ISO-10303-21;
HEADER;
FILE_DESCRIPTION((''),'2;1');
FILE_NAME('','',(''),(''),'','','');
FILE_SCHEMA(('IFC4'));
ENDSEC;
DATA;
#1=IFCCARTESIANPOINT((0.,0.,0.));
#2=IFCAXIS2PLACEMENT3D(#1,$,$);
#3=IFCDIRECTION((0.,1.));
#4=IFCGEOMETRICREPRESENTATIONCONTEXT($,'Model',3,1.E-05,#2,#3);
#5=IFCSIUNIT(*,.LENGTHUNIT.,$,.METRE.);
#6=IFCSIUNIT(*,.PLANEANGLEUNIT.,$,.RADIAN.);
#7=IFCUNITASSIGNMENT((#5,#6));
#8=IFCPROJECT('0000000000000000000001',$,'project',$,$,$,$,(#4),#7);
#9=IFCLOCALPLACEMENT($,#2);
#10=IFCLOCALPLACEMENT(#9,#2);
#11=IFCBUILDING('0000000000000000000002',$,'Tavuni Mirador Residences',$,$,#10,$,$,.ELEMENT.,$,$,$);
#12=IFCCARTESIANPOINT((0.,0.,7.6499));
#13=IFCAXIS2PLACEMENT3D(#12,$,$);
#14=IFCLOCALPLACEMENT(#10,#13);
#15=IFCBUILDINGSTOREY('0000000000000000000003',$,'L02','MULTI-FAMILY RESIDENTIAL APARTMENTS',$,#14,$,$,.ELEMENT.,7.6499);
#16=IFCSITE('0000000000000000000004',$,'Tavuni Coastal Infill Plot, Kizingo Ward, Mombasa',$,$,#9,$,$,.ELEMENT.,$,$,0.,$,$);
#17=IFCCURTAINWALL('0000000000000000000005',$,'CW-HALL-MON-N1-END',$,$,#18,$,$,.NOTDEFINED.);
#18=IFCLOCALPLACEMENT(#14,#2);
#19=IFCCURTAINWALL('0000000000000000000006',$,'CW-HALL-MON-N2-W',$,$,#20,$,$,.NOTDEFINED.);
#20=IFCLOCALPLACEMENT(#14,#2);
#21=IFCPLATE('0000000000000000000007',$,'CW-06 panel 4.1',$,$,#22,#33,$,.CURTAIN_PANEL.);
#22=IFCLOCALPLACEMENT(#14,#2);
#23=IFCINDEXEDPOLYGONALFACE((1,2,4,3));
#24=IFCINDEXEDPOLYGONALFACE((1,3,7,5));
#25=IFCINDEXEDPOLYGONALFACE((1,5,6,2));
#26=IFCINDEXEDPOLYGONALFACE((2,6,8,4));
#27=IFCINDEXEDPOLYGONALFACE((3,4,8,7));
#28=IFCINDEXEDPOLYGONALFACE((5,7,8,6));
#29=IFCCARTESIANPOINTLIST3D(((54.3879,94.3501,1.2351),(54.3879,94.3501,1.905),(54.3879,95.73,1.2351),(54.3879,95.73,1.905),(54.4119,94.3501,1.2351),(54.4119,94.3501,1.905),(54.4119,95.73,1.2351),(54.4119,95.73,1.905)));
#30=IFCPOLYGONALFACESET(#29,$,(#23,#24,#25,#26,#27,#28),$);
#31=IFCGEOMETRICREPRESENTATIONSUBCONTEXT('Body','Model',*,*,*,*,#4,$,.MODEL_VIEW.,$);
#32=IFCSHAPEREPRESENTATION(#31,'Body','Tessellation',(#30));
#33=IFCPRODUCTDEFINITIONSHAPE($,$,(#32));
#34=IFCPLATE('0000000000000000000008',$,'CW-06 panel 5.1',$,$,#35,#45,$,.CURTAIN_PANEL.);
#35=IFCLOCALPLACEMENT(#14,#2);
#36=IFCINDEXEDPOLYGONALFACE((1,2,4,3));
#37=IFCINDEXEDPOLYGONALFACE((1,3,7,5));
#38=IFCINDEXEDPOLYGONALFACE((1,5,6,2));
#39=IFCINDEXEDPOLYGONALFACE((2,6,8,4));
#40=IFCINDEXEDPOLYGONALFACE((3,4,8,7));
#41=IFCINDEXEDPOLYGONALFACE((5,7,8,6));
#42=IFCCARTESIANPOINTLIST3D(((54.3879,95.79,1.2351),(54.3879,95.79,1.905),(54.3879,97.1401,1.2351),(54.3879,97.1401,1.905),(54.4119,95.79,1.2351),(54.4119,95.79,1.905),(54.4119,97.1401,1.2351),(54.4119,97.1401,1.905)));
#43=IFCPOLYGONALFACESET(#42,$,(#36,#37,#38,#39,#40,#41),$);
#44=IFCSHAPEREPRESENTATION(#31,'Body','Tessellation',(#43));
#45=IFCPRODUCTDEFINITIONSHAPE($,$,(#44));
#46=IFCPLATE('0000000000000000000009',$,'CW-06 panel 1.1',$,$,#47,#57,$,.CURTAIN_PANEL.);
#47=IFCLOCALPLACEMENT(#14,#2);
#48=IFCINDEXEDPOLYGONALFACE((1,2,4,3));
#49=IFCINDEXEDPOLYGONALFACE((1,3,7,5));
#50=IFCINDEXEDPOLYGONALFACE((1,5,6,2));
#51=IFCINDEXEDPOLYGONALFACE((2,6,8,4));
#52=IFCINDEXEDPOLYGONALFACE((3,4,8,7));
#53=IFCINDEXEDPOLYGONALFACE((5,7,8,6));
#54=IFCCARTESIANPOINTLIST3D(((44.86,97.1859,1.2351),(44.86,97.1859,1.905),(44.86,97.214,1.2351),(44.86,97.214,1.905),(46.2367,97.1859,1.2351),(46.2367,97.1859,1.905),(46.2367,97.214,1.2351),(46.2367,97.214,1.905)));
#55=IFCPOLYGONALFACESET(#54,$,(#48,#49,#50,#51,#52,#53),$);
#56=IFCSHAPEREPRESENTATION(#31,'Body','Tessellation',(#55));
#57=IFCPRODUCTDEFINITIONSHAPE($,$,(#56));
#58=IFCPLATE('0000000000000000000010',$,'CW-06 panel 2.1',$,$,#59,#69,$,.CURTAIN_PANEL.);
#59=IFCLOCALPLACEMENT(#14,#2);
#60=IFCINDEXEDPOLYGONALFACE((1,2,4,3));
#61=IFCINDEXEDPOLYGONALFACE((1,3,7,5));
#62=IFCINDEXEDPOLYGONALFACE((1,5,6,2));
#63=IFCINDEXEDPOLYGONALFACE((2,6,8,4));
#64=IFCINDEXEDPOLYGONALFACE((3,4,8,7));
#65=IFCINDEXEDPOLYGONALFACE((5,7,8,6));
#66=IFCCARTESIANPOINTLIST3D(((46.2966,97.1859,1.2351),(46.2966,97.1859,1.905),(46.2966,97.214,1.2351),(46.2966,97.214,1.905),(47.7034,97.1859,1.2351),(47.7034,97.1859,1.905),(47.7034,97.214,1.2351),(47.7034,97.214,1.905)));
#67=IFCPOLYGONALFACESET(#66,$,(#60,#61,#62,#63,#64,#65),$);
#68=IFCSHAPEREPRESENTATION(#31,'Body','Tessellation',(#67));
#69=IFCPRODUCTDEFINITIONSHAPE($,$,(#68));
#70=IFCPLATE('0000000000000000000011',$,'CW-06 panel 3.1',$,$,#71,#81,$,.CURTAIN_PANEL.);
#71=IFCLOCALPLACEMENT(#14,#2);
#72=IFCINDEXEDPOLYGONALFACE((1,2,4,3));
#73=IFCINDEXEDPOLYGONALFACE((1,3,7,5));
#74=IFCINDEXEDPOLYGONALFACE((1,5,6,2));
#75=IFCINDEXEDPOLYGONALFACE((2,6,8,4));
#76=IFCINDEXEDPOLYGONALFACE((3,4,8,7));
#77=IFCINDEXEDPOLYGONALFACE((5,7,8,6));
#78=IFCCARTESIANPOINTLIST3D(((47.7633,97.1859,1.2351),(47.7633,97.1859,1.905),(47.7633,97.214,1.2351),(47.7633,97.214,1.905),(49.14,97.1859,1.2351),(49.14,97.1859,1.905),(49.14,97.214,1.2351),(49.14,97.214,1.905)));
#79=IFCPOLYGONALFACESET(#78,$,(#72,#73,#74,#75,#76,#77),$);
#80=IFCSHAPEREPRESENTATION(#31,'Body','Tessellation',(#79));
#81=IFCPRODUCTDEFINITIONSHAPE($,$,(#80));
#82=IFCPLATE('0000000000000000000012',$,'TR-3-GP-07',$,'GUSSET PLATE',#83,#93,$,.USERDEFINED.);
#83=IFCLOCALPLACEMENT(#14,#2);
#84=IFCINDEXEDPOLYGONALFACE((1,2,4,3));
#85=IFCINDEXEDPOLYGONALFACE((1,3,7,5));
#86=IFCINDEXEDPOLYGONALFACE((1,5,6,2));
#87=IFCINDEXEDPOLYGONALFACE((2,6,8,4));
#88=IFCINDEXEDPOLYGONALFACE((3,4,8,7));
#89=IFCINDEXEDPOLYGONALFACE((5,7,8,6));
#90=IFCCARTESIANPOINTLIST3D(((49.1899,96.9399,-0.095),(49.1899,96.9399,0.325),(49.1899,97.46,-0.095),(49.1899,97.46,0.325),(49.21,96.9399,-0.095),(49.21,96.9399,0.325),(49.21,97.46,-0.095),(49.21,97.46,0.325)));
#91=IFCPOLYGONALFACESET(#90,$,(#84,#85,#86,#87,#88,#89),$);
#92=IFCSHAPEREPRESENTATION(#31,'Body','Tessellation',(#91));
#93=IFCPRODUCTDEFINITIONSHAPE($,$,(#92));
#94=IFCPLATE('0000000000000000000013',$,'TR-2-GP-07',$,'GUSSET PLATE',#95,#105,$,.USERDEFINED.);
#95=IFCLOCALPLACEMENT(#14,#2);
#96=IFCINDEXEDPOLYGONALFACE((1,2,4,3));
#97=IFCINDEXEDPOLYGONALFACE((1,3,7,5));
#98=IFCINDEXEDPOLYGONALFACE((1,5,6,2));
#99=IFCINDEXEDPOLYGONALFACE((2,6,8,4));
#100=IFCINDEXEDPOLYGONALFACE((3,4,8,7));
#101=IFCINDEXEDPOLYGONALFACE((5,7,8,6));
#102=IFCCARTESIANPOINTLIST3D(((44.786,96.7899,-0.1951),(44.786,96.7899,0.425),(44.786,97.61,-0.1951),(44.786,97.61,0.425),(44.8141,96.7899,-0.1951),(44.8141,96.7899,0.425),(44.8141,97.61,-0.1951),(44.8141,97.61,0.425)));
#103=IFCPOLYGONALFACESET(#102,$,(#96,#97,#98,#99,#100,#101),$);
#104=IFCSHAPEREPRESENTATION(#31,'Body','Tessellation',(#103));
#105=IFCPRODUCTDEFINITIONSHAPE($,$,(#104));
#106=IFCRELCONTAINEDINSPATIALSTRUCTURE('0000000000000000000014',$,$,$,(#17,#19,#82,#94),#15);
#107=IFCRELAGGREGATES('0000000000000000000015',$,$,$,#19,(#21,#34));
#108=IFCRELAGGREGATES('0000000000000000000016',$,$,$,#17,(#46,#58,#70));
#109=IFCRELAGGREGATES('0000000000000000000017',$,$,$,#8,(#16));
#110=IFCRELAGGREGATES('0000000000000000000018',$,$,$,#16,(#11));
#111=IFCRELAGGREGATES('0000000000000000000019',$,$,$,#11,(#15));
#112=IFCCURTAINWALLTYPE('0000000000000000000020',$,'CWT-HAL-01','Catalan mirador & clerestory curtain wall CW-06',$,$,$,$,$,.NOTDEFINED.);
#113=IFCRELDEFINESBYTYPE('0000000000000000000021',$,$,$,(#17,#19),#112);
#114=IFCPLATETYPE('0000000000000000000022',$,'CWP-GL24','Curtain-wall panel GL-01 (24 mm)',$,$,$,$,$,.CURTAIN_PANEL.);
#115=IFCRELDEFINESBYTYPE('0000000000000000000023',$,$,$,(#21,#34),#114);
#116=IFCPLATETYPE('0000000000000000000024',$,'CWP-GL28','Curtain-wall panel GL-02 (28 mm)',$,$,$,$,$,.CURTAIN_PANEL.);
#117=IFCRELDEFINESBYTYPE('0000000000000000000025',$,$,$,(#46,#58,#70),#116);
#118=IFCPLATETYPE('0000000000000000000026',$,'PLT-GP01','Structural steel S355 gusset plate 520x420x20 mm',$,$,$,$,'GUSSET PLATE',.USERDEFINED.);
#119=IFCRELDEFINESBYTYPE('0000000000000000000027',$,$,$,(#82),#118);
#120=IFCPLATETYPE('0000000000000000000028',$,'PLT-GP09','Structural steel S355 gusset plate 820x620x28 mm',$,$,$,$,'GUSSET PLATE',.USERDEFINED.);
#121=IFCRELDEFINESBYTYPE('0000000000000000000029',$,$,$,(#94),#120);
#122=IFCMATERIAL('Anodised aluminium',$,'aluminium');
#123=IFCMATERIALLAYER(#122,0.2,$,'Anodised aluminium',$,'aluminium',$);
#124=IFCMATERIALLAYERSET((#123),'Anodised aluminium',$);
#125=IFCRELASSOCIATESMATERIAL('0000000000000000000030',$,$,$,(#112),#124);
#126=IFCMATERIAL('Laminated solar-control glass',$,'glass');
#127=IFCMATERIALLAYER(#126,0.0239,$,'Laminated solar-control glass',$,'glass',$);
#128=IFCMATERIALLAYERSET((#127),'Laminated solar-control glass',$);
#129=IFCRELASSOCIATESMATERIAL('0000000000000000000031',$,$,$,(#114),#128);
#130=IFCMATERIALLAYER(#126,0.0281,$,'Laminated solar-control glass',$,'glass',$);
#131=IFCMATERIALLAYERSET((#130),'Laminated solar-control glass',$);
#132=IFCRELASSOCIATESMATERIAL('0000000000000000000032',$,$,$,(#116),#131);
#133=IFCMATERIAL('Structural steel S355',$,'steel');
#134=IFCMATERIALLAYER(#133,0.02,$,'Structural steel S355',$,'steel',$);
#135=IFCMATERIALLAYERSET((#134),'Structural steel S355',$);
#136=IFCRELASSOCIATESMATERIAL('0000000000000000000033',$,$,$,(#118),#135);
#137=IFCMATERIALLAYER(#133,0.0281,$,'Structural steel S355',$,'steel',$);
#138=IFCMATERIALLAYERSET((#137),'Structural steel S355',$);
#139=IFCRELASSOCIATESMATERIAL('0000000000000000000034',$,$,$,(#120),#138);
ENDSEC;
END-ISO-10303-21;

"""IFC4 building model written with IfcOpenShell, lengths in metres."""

from ifc_helpers import new_model, si_unit, direction, frame, origin, origin_2d, place, context, subcontext, project, spatial, rectangle, extrude, material, layer, layer_set, type_object, element, aggregate, save


model = new_model("IFC4")

# Units and contexts
model_context = context("Model", 3, precision=1e-05, world=origin(), true_north=direction((0.0, 1.0)))
body_context = subcontext(model_context, "Body", "Model", "MODEL_VIEW")
ifc_project = project(units=[si_unit("LENGTHUNIT", "METRE"), si_unit("PLANEANGLEUNIT", "RADIAN")], contexts=[model_context])

# Site, building, storey
site_placement = place(None, origin())
site = spatial("IfcSite", under=ifc_project, at=site_placement, Name="Tavuni Coastal Infill Plot, Kizingo Ward, Mombasa", CompositionType="ELEMENT", RefElevation=0.0)
building_placement = place(site_placement, origin())
building = spatial("IfcBuilding", under=site, at=building_placement, Name="Tavuni Mirador Residences", CompositionType="ELEMENT")
storey_placement = place(building_placement, frame((0.0, 0.0, 7.6499)))
storey = spatial("IfcBuildingStorey", under=building, at=storey_placement, Name="L02", Description="MULTI-FAMILY RESIDENTIAL APARTMENTS", CompositionType="ELEMENT", Elevation=7.6499)

# Shared definitions
ifc_material_1 = material(Name="Anodised aluminium", Category="aluminium")
ifc_layer_1 = layer(ifc_material_1, 0.2, Name="Anodised aluminium", Category="aluminium")
ifc_layer_set_1 = layer_set([ifc_layer_1], Name="Anodised aluminium")
curtain_wall_type = type_object("IfcCurtainWallType", Name="CWT-HAL-01", Description="Catalan mirador & clerestory curtain wall CW-06", PredefinedType="NOTDEFINED", material=ifc_layer_set_1)

# Curtain walls
curtain_wall_1_placement = place(storey_placement, origin())
curtain_wall_1 = element("IfcCurtainWall", 1, at=curtain_wall_1_placement, inside=storey, type_object=curtain_wall_type, Name="CW-HALL-MON-N1-END", PredefinedType="NOTDEFINED")
curtain_wall_2_placement = place(storey_placement, origin())
curtain_wall_2 = element("IfcCurtainWall", 2, at=curtain_wall_2_placement, inside=storey, type_object=curtain_wall_type, Name="CW-HALL-MON-N2-W", PredefinedType="NOTDEFINED")

# Shared definitions
ifc_material_2 = material(Name="Structural steel S355", Category="steel")

# Plates
ifc_material_3 = material(Name="Laminated solar-control glass", Category="glass")
ifc_layer_2 = layer(ifc_material_3, 0.0239, Name="Laminated solar-control glass", Category="glass")
ifc_layer_set_2 = layer_set([ifc_layer_2], Name="Laminated solar-control glass")
plate_type_1 = type_object("IfcPlateType", Name="CWP-GL24", Description="Curtain-wall panel GL-01 (24 mm)", PredefinedType="CURTAIN_PANEL", material=ifc_layer_set_2)
plate_1_placement = place(storey_placement, frame((54.3999, 95.04, 1.2351), z_axis=(0.0, 0.0, 1.0), x_axis=(0.0, 1.0, 0.0)))
plate_1 = element("IfcPlate", 3, at=plate_1_placement, type_object=plate_type_1, Name="CW-06 panel 4.1", PredefinedType="CURTAIN_PANEL", context=body_context, shape_type="SweptSolid", body=[
    extrude(rectangle(XDim=1.3799, YDim=0.0239, at=origin_2d()), origin(), (0.0, 0.0, 1.0), 0.6699),
])
plate_2_placement = place(storey_placement, frame((54.3999, 96.4651, 1.2351), z_axis=(0.0, 0.0, 1.0), x_axis=(0.0, 1.0, 0.0)))
plate_2 = element("IfcPlate", 4, at=plate_2_placement, type_object=plate_type_1, Name="CW-06 panel 5.1", PredefinedType="CURTAIN_PANEL", context=body_context, shape_type="SweptSolid", body=[
    extrude(rectangle(XDim=1.3501, YDim=0.0239, at=origin_2d()), origin(), (0.0, 0.0, 1.0), 0.6699),
])
aggregate(curtain_wall_2, [plate_1, plate_2])
ifc_layer_3 = layer(ifc_material_3, 0.0281, Name="Laminated solar-control glass", Category="glass")
ifc_layer_set_3 = layer_set([ifc_layer_3], Name="Laminated solar-control glass")
plate_type_2 = type_object("IfcPlateType", Name="CWP-GL28", Description="Curtain-wall panel GL-02 (28 mm)", PredefinedType="CURTAIN_PANEL", material=ifc_layer_set_3)
plate_3_placement = place(storey_placement, frame((45.5483, 97.2, 1.2351), z_axis=(0.0, 0.0, 1.0), x_axis=(1.0, 0.0, 0.0)))
plate_3 = element("IfcPlate", 5, at=plate_3_placement, type_object=plate_type_2, Name="CW-06 panel 1.1", PredefinedType="CURTAIN_PANEL", context=body_context, shape_type="SweptSolid", body=[
    extrude(rectangle(XDim=1.3767, YDim=0.0281, at=origin_2d()), origin(), (0.0, 0.0, 1.0), 0.6699),
])
plate_4_placement = place(storey_placement, frame((47.0, 97.2, 1.2351), z_axis=(0.0, 0.0, 1.0), x_axis=(1.0, 0.0, 0.0)))
plate_4 = element("IfcPlate", 6, at=plate_4_placement, type_object=plate_type_2, Name="CW-06 panel 2.1", PredefinedType="CURTAIN_PANEL", context=body_context, shape_type="SweptSolid", body=[
    extrude(rectangle(XDim=1.4067, YDim=0.0281, at=origin_2d()), origin(), (0.0, 0.0, 1.0), 0.6699),
])
plate_5_placement = place(storey_placement, frame((48.4517, 97.2, 1.2351), z_axis=(0.0, 0.0, 1.0), x_axis=(1.0, 0.0, 0.0)))
plate_5 = element("IfcPlate", 7, at=plate_5_placement, type_object=plate_type_2, Name="CW-06 panel 3.1", PredefinedType="CURTAIN_PANEL", context=body_context, shape_type="SweptSolid", body=[
    extrude(rectangle(XDim=1.3767, YDim=0.0281, at=origin_2d()), origin(), (0.0, 0.0, 1.0), 0.6699),
])
aggregate(curtain_wall_1, [plate_3, plate_4, plate_5])

# Plates
ifc_layer_4 = layer(ifc_material_2, 0.02, Name="Structural steel S355", Category="steel")
ifc_layer_set_4 = layer_set([ifc_layer_4], Name="Structural steel S355")
plate_type_3 = type_object("IfcPlateType", Name="PLT-GP01", Description="Structural steel S355 gusset plate 520x420x20 mm", ElementType="GUSSET PLATE", PredefinedType="USERDEFINED", material=ifc_layer_set_4)
plate_6_placement = place(storey_placement, frame((49.2, 97.2, -0.095), z_axis=(0.0, 0.0, 1.0), x_axis=(0.0, 1.0, 0.0)))
element("IfcPlate", 8, at=plate_6_placement, inside=storey, type_object=plate_type_3, Name="TR-3-GP-07", ObjectType="GUSSET PLATE", PredefinedType="USERDEFINED", context=body_context, shape_type="SweptSolid", body=[
    extrude(rectangle(XDim=0.52, YDim=0.02, at=origin_2d()), origin(), (0.0, 0.0, 1.0), 0.4199),
])
ifc_layer_5 = layer(ifc_material_2, 0.0281, Name="Structural steel S355", Category="steel")
ifc_layer_set_5 = layer_set([ifc_layer_5], Name="Structural steel S355")
plate_type_4 = type_object("IfcPlateType", Name="PLT-GP09", Description="Structural steel S355 gusset plate 820x620x28 mm", ElementType="GUSSET PLATE", PredefinedType="USERDEFINED", material=ifc_layer_set_5)
plate_7_placement = place(storey_placement, frame((44.8, 97.2, -0.1951), z_axis=(0.0, 0.0, 1.0), x_axis=(0.0, 1.0, 0.0)))
element("IfcPlate", 9, at=plate_7_placement, inside=storey, type_object=plate_type_4, Name="TR-2-GP-07", ObjectType="GUSSET PLATE", PredefinedType="USERDEFINED", context=body_context, shape_type="SweptSolid", body=[
    extrude(rectangle(XDim=0.8201, YDim=0.0281, at=origin_2d()), origin(), (0.0, 0.0, 1.0), 0.6201),
])

save(model, "model.ifc")
